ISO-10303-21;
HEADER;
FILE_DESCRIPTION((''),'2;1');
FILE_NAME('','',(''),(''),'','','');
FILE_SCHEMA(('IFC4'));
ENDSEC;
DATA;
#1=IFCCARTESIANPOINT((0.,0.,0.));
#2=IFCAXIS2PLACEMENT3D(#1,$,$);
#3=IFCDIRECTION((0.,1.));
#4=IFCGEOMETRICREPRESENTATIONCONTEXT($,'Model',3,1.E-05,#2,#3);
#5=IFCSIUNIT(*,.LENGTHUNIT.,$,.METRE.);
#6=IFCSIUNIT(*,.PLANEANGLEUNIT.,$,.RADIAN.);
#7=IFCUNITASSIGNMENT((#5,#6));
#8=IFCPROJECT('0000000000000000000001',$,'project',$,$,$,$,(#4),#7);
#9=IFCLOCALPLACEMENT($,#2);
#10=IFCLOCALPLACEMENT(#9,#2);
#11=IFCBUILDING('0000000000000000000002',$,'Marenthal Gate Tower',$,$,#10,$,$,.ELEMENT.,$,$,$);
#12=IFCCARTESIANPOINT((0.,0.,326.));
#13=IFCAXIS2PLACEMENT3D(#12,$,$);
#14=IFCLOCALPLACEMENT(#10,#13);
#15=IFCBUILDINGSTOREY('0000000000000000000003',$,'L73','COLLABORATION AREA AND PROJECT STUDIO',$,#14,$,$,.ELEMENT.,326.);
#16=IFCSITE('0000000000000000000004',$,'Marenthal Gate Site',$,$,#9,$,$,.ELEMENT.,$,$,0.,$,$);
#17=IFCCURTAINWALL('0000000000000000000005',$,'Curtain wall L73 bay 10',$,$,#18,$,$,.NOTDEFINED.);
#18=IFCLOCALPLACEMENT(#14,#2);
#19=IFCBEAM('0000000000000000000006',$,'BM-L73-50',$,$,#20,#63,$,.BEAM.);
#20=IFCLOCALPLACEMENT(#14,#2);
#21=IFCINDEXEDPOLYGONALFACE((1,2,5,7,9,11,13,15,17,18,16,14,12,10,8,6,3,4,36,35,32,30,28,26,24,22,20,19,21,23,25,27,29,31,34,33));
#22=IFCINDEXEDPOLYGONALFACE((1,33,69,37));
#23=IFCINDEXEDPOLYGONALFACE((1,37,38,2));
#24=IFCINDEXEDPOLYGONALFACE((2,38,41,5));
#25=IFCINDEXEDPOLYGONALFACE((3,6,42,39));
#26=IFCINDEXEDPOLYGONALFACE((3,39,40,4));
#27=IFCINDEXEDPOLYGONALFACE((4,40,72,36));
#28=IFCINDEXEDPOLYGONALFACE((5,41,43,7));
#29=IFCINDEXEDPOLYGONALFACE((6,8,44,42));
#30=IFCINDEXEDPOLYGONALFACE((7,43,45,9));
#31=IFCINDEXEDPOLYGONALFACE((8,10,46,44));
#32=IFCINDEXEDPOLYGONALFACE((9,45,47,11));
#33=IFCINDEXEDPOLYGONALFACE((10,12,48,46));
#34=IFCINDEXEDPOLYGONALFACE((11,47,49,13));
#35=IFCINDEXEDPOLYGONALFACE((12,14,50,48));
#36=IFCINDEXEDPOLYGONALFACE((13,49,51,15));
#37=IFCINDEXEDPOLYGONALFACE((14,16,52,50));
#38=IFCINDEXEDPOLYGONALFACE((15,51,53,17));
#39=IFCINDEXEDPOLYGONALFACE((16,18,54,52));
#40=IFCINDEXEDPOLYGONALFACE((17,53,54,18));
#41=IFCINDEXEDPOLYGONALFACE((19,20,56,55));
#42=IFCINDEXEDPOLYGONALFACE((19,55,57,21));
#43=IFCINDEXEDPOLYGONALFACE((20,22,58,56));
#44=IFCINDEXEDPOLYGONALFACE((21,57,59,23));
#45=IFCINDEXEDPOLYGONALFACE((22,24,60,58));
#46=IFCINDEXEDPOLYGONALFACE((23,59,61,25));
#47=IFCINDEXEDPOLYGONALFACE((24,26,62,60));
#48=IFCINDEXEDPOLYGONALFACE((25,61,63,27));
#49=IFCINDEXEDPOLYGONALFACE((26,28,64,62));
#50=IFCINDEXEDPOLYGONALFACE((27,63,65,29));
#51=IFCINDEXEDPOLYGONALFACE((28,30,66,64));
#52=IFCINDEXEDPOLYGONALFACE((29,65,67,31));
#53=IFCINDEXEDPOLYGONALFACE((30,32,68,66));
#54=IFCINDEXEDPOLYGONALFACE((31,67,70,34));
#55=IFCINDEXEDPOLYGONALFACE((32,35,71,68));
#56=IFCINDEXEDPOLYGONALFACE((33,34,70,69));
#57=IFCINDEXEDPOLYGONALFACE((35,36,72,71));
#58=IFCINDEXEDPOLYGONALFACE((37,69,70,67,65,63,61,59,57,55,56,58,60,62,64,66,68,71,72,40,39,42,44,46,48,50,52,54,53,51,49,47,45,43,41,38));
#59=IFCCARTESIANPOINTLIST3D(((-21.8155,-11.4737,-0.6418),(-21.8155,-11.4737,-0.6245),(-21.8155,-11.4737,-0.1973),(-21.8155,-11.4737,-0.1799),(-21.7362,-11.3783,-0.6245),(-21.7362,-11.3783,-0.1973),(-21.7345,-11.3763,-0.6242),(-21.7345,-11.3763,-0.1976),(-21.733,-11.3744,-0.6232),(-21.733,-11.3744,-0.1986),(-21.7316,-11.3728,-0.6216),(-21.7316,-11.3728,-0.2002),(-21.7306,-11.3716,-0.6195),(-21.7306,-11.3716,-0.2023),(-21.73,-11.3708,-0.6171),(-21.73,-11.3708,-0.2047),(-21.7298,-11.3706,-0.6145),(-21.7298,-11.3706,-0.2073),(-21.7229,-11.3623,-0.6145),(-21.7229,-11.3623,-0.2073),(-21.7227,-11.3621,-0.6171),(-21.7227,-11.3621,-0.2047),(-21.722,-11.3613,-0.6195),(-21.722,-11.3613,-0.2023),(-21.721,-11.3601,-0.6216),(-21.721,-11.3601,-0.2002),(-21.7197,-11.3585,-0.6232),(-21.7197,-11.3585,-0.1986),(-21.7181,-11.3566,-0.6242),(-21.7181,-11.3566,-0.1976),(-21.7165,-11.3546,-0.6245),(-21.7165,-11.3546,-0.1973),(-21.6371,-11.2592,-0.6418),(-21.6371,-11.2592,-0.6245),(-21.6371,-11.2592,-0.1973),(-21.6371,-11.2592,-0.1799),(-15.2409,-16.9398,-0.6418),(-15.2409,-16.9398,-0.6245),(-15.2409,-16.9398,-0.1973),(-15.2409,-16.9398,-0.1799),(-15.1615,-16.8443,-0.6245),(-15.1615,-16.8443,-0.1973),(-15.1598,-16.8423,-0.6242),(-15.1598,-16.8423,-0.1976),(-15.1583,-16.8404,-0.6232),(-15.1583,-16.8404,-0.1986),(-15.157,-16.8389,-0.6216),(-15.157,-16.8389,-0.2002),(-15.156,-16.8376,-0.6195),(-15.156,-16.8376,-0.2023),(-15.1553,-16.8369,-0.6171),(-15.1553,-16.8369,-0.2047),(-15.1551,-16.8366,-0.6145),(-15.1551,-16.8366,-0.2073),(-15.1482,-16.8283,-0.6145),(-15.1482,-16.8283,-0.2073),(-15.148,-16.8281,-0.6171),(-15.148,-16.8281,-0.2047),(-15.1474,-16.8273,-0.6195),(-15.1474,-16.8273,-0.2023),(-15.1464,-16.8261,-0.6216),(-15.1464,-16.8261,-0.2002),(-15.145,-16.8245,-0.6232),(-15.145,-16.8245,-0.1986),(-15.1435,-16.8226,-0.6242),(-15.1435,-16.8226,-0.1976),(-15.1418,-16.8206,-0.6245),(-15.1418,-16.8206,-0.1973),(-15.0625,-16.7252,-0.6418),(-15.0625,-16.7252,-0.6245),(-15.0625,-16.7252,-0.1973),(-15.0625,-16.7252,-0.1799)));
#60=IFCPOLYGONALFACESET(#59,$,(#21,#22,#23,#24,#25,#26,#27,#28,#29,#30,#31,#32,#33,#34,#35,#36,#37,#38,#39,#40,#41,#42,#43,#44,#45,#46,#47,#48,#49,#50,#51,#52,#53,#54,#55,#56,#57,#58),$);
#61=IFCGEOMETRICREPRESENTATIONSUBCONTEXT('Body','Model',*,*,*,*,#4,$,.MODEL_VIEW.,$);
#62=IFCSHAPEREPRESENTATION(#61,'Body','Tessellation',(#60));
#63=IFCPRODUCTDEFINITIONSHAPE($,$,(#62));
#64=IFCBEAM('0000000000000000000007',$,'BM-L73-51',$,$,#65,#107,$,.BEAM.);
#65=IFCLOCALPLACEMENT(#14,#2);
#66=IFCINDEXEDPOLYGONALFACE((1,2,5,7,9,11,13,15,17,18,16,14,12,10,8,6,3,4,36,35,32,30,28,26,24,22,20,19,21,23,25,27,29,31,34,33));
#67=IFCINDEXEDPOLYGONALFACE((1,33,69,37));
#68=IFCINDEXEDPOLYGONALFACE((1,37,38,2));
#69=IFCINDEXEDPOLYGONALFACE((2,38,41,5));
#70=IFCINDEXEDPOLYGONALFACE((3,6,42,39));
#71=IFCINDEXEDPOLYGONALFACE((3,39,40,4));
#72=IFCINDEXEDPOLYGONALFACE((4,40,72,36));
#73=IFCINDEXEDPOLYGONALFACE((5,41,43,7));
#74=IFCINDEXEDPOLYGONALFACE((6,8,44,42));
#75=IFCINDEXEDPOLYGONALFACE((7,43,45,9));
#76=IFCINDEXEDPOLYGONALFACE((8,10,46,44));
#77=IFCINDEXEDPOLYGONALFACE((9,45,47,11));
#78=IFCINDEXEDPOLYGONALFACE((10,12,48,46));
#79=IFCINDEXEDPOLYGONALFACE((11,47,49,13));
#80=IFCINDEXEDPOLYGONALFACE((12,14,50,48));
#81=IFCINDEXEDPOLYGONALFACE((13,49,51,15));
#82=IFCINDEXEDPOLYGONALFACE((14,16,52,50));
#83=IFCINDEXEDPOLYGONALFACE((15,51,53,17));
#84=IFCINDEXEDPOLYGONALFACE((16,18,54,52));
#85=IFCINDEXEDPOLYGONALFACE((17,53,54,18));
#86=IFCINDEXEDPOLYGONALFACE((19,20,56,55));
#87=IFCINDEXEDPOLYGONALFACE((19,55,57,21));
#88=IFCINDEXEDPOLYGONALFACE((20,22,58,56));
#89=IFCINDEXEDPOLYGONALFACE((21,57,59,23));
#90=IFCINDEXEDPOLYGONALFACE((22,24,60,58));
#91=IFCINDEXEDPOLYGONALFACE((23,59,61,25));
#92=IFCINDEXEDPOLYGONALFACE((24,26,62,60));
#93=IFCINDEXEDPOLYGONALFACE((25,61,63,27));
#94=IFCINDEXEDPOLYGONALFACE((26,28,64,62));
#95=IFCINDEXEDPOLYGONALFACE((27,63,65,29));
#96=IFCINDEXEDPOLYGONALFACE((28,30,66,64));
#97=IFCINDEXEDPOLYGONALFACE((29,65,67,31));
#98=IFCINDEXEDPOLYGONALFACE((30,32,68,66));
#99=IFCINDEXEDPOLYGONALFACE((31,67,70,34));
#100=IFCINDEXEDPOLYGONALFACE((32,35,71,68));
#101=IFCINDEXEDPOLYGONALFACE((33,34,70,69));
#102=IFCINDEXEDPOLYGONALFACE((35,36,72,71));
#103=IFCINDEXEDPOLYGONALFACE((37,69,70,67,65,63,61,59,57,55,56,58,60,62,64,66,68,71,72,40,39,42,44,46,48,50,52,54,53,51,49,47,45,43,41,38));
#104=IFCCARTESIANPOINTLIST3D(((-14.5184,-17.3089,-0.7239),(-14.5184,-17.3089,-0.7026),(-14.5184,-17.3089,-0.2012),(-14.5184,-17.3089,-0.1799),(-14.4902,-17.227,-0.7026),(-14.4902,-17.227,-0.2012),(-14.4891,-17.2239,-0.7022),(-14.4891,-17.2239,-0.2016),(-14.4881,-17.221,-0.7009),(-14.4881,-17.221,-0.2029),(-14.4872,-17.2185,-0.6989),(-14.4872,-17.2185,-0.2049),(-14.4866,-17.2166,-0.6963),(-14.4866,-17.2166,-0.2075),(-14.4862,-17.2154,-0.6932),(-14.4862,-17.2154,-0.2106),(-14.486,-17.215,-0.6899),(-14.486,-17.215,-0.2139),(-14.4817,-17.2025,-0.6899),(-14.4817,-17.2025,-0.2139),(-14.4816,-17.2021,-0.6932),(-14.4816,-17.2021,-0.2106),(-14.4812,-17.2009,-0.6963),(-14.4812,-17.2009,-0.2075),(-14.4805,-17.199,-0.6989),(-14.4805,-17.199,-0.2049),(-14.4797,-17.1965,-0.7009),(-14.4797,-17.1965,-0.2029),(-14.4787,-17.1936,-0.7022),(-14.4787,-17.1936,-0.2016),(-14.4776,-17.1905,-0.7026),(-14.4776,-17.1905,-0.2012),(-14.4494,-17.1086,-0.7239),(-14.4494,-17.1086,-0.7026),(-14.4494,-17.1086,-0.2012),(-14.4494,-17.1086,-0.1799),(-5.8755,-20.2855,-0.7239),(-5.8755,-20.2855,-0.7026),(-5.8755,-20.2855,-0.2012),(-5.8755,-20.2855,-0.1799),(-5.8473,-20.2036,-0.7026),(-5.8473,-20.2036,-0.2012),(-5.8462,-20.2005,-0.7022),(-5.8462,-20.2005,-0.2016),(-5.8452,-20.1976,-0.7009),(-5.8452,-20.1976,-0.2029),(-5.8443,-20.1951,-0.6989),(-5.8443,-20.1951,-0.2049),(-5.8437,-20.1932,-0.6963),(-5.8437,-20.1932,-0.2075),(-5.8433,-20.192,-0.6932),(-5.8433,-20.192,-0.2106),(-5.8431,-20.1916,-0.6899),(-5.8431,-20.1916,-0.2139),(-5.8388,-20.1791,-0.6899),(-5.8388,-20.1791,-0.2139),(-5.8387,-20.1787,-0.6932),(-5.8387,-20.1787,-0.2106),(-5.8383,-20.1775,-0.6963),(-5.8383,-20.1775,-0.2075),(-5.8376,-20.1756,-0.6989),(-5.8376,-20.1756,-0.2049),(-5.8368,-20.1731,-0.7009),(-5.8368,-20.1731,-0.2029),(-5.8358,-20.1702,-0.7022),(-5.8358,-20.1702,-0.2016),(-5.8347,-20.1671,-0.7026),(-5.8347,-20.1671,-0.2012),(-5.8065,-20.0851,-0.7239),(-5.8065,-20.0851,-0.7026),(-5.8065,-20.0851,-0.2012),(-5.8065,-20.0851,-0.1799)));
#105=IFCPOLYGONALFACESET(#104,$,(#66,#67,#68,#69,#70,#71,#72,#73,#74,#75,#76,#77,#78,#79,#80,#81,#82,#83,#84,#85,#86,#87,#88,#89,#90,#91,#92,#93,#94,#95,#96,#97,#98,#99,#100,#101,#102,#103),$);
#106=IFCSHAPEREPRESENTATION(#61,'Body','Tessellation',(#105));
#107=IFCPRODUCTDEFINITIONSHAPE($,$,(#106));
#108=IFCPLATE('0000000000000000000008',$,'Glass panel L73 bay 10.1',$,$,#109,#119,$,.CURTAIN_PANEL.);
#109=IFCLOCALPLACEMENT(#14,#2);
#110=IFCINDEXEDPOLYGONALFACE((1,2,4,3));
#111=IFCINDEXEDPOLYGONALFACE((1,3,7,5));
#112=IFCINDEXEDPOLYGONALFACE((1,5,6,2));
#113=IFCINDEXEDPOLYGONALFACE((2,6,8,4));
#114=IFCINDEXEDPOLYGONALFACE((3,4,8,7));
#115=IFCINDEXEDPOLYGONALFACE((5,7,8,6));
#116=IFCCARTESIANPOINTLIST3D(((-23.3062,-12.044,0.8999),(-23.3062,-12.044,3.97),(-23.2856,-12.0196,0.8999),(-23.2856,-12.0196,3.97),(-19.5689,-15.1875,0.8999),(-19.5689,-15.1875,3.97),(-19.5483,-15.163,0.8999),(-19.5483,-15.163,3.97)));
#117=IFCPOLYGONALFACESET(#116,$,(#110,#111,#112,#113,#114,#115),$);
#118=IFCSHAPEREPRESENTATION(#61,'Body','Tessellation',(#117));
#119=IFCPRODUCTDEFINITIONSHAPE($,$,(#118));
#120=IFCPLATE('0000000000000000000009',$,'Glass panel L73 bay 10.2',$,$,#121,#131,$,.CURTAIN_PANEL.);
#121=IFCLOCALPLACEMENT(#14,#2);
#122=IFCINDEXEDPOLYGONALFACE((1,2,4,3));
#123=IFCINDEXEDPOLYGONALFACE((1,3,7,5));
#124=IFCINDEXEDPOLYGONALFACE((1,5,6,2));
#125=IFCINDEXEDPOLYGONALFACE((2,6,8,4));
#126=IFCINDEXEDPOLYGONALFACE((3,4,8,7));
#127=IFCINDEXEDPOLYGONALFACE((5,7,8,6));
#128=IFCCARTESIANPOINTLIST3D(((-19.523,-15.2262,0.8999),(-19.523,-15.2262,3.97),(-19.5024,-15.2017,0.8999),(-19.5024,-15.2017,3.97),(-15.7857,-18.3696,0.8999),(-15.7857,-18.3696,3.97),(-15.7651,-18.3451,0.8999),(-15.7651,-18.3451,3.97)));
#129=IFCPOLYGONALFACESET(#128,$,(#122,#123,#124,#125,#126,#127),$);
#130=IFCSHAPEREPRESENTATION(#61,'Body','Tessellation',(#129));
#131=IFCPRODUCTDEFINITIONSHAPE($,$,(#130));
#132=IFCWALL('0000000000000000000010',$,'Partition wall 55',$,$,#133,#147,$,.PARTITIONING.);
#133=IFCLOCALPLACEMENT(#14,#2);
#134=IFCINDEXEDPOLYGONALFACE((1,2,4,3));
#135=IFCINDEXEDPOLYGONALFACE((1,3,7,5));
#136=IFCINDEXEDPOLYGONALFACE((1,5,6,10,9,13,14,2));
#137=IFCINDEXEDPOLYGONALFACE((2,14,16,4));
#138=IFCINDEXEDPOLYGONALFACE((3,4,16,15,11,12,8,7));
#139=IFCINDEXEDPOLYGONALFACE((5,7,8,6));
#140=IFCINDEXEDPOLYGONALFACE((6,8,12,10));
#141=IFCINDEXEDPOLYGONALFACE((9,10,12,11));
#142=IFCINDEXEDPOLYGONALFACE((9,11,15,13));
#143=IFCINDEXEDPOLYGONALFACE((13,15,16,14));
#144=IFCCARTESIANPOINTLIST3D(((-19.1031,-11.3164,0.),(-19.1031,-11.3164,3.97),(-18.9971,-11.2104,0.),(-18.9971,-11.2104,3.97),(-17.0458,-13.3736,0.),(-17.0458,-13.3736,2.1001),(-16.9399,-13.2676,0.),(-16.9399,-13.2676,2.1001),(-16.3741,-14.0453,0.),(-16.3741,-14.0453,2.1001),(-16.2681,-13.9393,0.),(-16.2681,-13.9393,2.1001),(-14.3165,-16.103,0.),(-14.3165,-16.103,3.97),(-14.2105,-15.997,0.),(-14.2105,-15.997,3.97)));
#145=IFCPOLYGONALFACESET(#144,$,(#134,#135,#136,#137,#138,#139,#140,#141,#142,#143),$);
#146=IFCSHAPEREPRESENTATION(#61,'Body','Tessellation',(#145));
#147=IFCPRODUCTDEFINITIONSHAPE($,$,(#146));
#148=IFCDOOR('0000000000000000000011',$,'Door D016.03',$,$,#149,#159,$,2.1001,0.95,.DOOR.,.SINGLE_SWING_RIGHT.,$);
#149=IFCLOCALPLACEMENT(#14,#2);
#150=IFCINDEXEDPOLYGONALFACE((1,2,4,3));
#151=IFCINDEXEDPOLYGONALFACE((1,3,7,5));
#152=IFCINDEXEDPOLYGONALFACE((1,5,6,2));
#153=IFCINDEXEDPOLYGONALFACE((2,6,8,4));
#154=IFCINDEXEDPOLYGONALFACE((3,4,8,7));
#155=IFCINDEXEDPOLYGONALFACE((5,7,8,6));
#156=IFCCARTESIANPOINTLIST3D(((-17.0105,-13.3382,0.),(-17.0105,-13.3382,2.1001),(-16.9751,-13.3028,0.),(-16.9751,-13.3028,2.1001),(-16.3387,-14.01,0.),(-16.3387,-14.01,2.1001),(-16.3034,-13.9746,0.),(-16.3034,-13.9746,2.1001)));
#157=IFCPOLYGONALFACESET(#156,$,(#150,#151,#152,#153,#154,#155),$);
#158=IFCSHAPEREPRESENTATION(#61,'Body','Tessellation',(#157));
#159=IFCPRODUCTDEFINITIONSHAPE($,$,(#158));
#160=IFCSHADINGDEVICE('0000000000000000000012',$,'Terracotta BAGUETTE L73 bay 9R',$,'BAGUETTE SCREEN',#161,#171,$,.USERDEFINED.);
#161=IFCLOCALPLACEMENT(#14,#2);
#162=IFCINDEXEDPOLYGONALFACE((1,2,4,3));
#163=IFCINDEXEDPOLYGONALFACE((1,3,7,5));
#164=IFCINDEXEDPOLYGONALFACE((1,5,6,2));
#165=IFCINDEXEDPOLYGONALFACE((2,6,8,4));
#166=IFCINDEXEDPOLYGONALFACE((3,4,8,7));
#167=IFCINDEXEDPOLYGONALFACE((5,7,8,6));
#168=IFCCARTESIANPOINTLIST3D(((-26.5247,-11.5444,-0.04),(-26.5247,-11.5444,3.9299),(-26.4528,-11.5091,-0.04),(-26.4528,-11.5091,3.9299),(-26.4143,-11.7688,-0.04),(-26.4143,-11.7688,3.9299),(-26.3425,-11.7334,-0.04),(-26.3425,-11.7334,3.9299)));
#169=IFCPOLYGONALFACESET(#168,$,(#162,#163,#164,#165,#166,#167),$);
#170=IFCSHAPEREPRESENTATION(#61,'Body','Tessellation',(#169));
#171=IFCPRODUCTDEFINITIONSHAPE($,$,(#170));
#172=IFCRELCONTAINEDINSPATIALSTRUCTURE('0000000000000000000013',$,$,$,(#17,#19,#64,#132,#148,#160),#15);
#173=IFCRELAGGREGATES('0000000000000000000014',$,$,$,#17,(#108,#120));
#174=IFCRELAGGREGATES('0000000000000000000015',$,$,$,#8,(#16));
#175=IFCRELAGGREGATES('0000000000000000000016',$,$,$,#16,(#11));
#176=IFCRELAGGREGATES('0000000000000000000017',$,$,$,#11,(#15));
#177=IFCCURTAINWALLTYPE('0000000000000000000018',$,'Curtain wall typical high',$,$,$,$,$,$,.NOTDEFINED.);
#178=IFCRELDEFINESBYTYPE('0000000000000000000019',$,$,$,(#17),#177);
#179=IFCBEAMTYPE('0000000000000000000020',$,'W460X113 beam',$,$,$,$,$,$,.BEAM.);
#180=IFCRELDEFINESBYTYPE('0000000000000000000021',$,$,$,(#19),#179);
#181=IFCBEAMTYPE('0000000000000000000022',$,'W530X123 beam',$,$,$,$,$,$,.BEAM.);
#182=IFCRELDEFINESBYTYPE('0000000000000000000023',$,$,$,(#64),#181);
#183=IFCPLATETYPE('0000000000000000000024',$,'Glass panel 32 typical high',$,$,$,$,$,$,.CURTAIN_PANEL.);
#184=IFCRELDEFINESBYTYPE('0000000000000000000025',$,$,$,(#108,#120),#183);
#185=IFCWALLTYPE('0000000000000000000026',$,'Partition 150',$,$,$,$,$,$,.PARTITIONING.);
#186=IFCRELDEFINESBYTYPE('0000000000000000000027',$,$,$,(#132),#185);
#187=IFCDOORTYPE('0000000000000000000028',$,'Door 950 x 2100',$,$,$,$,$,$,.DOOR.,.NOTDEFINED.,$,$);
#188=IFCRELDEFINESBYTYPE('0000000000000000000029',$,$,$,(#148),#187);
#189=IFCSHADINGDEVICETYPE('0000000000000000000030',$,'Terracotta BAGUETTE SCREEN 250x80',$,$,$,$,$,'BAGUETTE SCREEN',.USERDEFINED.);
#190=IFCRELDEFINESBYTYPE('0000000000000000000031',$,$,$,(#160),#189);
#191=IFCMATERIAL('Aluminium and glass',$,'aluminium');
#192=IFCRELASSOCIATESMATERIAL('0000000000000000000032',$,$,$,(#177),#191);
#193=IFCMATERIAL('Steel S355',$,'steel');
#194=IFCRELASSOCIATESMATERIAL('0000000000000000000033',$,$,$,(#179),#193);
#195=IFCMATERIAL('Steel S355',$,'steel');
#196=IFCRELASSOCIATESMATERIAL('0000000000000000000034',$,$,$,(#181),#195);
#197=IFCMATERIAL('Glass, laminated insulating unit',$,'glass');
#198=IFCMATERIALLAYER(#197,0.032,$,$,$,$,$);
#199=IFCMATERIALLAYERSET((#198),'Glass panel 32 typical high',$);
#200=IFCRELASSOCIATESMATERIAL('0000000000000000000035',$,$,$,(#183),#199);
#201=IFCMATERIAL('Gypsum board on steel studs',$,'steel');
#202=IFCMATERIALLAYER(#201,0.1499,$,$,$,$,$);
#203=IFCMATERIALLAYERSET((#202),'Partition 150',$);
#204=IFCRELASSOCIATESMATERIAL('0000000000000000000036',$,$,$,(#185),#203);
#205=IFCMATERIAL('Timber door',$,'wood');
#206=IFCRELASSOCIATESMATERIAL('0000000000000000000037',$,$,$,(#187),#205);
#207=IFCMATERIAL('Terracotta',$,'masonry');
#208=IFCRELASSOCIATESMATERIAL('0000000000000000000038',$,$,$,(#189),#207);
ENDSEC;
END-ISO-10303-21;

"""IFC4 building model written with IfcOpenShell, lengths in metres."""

from ifc_helpers import new_model, si_unit, direction, frame, frame_2d, origin, origin_2d, place, context, subcontext, project, spatial, rectangle, i_section, extrude, material, layer, layer_set, material_profile, profile_set, type_object, element, fill, aggregate, save


model = new_model("IFC4")

# Units and contexts
model_context = context("Model", 3, precision=1e-05, world=origin(), true_north=direction((0.0, 1.0)))
body_context = subcontext(model_context, "Body", "Model", "MODEL_VIEW")
ifc_project = project(units=[si_unit("LENGTHUNIT", "METRE"), si_unit("PLANEANGLEUNIT", "RADIAN")], contexts=[model_context])

# Site, building, storey
site_placement = place(None, origin())
site = spatial("IfcSite", under=ifc_project, at=site_placement, Name="Marenthal Gate Site", CompositionType="ELEMENT", RefElevation=0.0)
building_placement = place(site_placement, origin())
building = spatial("IfcBuilding", under=site, at=building_placement, Name="Marenthal Gate Tower", CompositionType="ELEMENT")
storey_placement = place(building_placement, frame((0.0, 0.0, 326.0)))
storey = spatial("IfcBuildingStorey", under=building, at=storey_placement, Name="L73", Description="COLLABORATION AREA AND PROJECT STUDIO", CompositionType="ELEMENT", Elevation=326.0)

# Curtain wall
ifc_material_1 = material(Name="Aluminium and glass", Category="aluminium")
curtain_wall_type = type_object("IfcCurtainWallType", Name="Curtain wall typical high", PredefinedType="NOTDEFINED", material=ifc_material_1)
curtain_wall_placement = place(storey_placement, origin())
curtain_wall = element("IfcCurtainWall", 1, at=curtain_wall_placement, inside=storey, type_object=curtain_wall_type, Name="Curtain wall L73 bay 10", PredefinedType="NOTDEFINED")

# Beams
ifc_material_2 = material(Name="Steel S355", Category="steel")
ifc_material_profile_1 = material_profile(ifc_material_2, i_section(OverallWidth=0.2791, OverallDepth=0.4619, WebThickness=0.0107, FlangeThickness=0.0173, FilletRadius=0.01, at=origin_2d()), Name="W460X113")
ifc_profile_set_1 = profile_set([ifc_material_profile_1], Name="Steel S355")
beam_type_1 = type_object("IfcBeamType", Name="W460X113 beam", PredefinedType="BEAM", material=ifc_profile_set_1)
beam_1_placement = place(storey_placement, frame((-21.7263, -11.3665, -0.4109), z_axis=(0.76896, -0.639296, 0.0), x_axis=(0.639296, 0.76896, 0.0)))
element("IfcBeam", 2, at=beam_1_placement, inside=storey, type_object=beam_type_1, Name="BM-L73-50", PredefinedType="BEAM", context=body_context, shape_type="SweptSolid", body=[
    extrude(i_section(OverallWidth=0.2791, OverallDepth=0.4619, WebThickness=0.0107, FlangeThickness=0.0173, FilletRadius=0.01, at=origin_2d()), origin(), (0.0, 0.0, 1.0), 8.55),
])
ifc_material_3 = material(Name="Steel S355", Category="steel")
ifc_material_profile_2 = material_profile(ifc_material_3, i_section(OverallWidth=0.2119, OverallDepth=0.5439, WebThickness=0.0132, FlangeThickness=0.0212, FilletRadius=0.0127, at=origin_2d()), Name="W530X123")
ifc_profile_set_2 = profile_set([ifc_material_profile_2], Name="Steel S355")
beam_type_2 = type_object("IfcBeamType", Name="W530X123 beam", PredefinedType="BEAM", material=ifc_profile_set_2)
beam_2_placement = place(storey_placement, frame((-14.4839, -17.2087, -0.4519), z_axis=(0.945498, -0.325627, 0.0), x_axis=(0.325627, 0.945498, 0.0)))
element("IfcBeam", 3, at=beam_2_placement, inside=storey, type_object=beam_type_2, Name="BM-L73-51", PredefinedType="BEAM", context=body_context, shape_type="SweptSolid", body=[
    extrude(i_section(OverallWidth=0.2119, OverallDepth=0.5439, WebThickness=0.0132, FlangeThickness=0.0212, FilletRadius=0.0127, at=origin_2d()), origin(), (0.0, 0.0, 1.0), 9.1411),
])

# Plates
ifc_material_4 = material(Name="Glass, laminated insulating unit", Category="glass")
ifc_layer_1 = layer(ifc_material_4, 0.032)
ifc_layer_set_1 = layer_set([ifc_layer_1], Name="Glass panel 32 typical high")
plate_type = type_object("IfcPlateType", Name="Glass panel 32 typical high", PredefinedType="CURTAIN_PANEL", material=ifc_layer_set_1)
plate_1_placement = place(storey_placement, frame((-21.4272, -13.6035, 0.8999), z_axis=(0.0, 0.0, 1.0), x_axis=(0.765298, -0.643676, 0.0)))
plate_1 = element("IfcPlate", 4, at=plate_1_placement, type_object=plate_type, Name="Glass panel L73 bay 10.1", PredefinedType="CURTAIN_PANEL", context=body_context, shape_type="SweptSolid", body=[
    extrude(rectangle(XDim=4.8835, YDim=0.032, at=origin_2d()), origin(), (0.0, 0.0, 1.0), 3.0701),
])
plate_2_placement = place(storey_placement, frame((-17.644, -16.7856, 0.8999), z_axis=(0.0, 0.0, 1.0), x_axis=(0.765298, -0.643676, 0.0)))
plate_2 = element("IfcPlate", 5, at=plate_2_placement, type_object=plate_type, Name="Glass panel L73 bay 10.2", PredefinedType="CURTAIN_PANEL", context=body_context, shape_type="SweptSolid", body=[
    extrude(rectangle(XDim=4.8835, YDim=0.032, at=origin_2d()), origin(), (0.0, 0.0, 1.0), 3.0701),
])
aggregate(curtain_wall, [plate_1, plate_2])

# Wall, opening, door
ifc_material_5 = material(Name="Gypsum board on steel studs", Category="steel")
ifc_layer_2 = layer(ifc_material_5, 0.1499)
ifc_layer_set_2 = layer_set([ifc_layer_2], Name="Partition 150")
wall_type_1 = type_object("IfcWallType", Name="Partition 150", PredefinedType="PARTITIONING", material=ifc_layer_set_2)
wall_1_placement = place(storey_placement, frame((-14.2634, -16.05, 0.0), z_axis=(0.0, 0.0, 1.0), x_axis=(-0.707107, 0.707107, 0.0)))
wall_1 = element("IfcWall", 6, at=wall_1_placement, inside=storey, type_object=wall_type_1, Name="Partition wall 55", PredefinedType="PARTITIONING", context=body_context, shape_type="SweptSolid", body=[
    extrude(rectangle(XDim=6.7693, YDim=0.1499, at=frame_2d((3.3848, 0.0))), origin(), (0.0, 0.0, 1.0), 3.97),
])
opening_1_placement = place(wall_1_placement, frame((2.9099, 0.0, 0.0)))
opening_1 = element("IfcOpeningElement", 7, at=opening_1_placement, cuts=wall_1, PredefinedType="OPENING", context=body_context, shape_type="SweptSolid", body=[
    extrude(rectangle(XDim=0.95, YDim=2.1001, at=frame_2d((0.4751, 1.05))), frame((0.0, 0.085, 0.0), z_axis=(0.0, -1.0, 0.0), x_axis=(1.0, 0.0, 0.0)), (0.0, 0.0, 1.0), 0.1699),
])
ifc_material_6 = material(Name="Timber door", Category="wood")
door_type_1 = type_object("IfcDoorType", Name="Door 950 x 2100", OperationType="NOTDEFINED", PredefinedType="DOOR", material=ifc_material_6)
door_1_placement = place(opening_1_placement, origin())
door_1 = element("IfcDoor", 8, at=door_1_placement, inside=storey, type_object=door_type_1, Name="Door D016.03", OperationType="SINGLE_SWING_RIGHT", OverallHeight=2.1001, OverallWidth=0.95, PredefinedType="DOOR", context=body_context, shape_type="SweptSolid", body=[
    extrude(rectangle(XDim=0.95, YDim=2.1001, at=frame_2d((0.4751, 1.05))), frame((0.0, 0.0249, 0.0), z_axis=(0.0, -1.0, 0.0), x_axis=(1.0, 0.0, 0.0)), (0.0, 0.0, 1.0), 0.05),
])
fill(opening_1, door_1)

# Shading device
ifc_material_7 = material(Name="Terracotta", Category="masonry")
ifc_material_profile_3 = material_profile(ifc_material_7, rectangle(XDim=0.25, YDim=0.0801, at=origin_2d()), Name="Terracotta baguette 250x80")
ifc_profile_set_3 = profile_set([ifc_material_profile_3], Name="Terracotta")
shading_device_type = type_object("IfcShadingDeviceType", Name="Terracotta BAGUETTE SCREEN 250x80", ElementType="BAGUETTE SCREEN", PredefinedType="USERDEFINED", material=ifc_profile_set_3)
shading_device_placement = place(storey_placement, frame((-26.4336, -11.6389, -0.04), z_axis=(0.0, 0.0, 1.0), x_axis=(0.441395, -0.897313, 0.0)))
element("IfcShadingDevice", 9, at=shading_device_placement, inside=storey, type_object=shading_device_type, Name="Terracotta BAGUETTE L73 bay 9R", ObjectType="BAGUETTE SCREEN", PredefinedType="USERDEFINED", context=body_context, shape_type="SweptSolid", body=[
    extrude(rectangle(XDim=0.25, YDim=0.0801, at=origin_2d()), origin(), (0.0, 0.0, 1.0), 3.97),
])

save(model, "model.ifc")
